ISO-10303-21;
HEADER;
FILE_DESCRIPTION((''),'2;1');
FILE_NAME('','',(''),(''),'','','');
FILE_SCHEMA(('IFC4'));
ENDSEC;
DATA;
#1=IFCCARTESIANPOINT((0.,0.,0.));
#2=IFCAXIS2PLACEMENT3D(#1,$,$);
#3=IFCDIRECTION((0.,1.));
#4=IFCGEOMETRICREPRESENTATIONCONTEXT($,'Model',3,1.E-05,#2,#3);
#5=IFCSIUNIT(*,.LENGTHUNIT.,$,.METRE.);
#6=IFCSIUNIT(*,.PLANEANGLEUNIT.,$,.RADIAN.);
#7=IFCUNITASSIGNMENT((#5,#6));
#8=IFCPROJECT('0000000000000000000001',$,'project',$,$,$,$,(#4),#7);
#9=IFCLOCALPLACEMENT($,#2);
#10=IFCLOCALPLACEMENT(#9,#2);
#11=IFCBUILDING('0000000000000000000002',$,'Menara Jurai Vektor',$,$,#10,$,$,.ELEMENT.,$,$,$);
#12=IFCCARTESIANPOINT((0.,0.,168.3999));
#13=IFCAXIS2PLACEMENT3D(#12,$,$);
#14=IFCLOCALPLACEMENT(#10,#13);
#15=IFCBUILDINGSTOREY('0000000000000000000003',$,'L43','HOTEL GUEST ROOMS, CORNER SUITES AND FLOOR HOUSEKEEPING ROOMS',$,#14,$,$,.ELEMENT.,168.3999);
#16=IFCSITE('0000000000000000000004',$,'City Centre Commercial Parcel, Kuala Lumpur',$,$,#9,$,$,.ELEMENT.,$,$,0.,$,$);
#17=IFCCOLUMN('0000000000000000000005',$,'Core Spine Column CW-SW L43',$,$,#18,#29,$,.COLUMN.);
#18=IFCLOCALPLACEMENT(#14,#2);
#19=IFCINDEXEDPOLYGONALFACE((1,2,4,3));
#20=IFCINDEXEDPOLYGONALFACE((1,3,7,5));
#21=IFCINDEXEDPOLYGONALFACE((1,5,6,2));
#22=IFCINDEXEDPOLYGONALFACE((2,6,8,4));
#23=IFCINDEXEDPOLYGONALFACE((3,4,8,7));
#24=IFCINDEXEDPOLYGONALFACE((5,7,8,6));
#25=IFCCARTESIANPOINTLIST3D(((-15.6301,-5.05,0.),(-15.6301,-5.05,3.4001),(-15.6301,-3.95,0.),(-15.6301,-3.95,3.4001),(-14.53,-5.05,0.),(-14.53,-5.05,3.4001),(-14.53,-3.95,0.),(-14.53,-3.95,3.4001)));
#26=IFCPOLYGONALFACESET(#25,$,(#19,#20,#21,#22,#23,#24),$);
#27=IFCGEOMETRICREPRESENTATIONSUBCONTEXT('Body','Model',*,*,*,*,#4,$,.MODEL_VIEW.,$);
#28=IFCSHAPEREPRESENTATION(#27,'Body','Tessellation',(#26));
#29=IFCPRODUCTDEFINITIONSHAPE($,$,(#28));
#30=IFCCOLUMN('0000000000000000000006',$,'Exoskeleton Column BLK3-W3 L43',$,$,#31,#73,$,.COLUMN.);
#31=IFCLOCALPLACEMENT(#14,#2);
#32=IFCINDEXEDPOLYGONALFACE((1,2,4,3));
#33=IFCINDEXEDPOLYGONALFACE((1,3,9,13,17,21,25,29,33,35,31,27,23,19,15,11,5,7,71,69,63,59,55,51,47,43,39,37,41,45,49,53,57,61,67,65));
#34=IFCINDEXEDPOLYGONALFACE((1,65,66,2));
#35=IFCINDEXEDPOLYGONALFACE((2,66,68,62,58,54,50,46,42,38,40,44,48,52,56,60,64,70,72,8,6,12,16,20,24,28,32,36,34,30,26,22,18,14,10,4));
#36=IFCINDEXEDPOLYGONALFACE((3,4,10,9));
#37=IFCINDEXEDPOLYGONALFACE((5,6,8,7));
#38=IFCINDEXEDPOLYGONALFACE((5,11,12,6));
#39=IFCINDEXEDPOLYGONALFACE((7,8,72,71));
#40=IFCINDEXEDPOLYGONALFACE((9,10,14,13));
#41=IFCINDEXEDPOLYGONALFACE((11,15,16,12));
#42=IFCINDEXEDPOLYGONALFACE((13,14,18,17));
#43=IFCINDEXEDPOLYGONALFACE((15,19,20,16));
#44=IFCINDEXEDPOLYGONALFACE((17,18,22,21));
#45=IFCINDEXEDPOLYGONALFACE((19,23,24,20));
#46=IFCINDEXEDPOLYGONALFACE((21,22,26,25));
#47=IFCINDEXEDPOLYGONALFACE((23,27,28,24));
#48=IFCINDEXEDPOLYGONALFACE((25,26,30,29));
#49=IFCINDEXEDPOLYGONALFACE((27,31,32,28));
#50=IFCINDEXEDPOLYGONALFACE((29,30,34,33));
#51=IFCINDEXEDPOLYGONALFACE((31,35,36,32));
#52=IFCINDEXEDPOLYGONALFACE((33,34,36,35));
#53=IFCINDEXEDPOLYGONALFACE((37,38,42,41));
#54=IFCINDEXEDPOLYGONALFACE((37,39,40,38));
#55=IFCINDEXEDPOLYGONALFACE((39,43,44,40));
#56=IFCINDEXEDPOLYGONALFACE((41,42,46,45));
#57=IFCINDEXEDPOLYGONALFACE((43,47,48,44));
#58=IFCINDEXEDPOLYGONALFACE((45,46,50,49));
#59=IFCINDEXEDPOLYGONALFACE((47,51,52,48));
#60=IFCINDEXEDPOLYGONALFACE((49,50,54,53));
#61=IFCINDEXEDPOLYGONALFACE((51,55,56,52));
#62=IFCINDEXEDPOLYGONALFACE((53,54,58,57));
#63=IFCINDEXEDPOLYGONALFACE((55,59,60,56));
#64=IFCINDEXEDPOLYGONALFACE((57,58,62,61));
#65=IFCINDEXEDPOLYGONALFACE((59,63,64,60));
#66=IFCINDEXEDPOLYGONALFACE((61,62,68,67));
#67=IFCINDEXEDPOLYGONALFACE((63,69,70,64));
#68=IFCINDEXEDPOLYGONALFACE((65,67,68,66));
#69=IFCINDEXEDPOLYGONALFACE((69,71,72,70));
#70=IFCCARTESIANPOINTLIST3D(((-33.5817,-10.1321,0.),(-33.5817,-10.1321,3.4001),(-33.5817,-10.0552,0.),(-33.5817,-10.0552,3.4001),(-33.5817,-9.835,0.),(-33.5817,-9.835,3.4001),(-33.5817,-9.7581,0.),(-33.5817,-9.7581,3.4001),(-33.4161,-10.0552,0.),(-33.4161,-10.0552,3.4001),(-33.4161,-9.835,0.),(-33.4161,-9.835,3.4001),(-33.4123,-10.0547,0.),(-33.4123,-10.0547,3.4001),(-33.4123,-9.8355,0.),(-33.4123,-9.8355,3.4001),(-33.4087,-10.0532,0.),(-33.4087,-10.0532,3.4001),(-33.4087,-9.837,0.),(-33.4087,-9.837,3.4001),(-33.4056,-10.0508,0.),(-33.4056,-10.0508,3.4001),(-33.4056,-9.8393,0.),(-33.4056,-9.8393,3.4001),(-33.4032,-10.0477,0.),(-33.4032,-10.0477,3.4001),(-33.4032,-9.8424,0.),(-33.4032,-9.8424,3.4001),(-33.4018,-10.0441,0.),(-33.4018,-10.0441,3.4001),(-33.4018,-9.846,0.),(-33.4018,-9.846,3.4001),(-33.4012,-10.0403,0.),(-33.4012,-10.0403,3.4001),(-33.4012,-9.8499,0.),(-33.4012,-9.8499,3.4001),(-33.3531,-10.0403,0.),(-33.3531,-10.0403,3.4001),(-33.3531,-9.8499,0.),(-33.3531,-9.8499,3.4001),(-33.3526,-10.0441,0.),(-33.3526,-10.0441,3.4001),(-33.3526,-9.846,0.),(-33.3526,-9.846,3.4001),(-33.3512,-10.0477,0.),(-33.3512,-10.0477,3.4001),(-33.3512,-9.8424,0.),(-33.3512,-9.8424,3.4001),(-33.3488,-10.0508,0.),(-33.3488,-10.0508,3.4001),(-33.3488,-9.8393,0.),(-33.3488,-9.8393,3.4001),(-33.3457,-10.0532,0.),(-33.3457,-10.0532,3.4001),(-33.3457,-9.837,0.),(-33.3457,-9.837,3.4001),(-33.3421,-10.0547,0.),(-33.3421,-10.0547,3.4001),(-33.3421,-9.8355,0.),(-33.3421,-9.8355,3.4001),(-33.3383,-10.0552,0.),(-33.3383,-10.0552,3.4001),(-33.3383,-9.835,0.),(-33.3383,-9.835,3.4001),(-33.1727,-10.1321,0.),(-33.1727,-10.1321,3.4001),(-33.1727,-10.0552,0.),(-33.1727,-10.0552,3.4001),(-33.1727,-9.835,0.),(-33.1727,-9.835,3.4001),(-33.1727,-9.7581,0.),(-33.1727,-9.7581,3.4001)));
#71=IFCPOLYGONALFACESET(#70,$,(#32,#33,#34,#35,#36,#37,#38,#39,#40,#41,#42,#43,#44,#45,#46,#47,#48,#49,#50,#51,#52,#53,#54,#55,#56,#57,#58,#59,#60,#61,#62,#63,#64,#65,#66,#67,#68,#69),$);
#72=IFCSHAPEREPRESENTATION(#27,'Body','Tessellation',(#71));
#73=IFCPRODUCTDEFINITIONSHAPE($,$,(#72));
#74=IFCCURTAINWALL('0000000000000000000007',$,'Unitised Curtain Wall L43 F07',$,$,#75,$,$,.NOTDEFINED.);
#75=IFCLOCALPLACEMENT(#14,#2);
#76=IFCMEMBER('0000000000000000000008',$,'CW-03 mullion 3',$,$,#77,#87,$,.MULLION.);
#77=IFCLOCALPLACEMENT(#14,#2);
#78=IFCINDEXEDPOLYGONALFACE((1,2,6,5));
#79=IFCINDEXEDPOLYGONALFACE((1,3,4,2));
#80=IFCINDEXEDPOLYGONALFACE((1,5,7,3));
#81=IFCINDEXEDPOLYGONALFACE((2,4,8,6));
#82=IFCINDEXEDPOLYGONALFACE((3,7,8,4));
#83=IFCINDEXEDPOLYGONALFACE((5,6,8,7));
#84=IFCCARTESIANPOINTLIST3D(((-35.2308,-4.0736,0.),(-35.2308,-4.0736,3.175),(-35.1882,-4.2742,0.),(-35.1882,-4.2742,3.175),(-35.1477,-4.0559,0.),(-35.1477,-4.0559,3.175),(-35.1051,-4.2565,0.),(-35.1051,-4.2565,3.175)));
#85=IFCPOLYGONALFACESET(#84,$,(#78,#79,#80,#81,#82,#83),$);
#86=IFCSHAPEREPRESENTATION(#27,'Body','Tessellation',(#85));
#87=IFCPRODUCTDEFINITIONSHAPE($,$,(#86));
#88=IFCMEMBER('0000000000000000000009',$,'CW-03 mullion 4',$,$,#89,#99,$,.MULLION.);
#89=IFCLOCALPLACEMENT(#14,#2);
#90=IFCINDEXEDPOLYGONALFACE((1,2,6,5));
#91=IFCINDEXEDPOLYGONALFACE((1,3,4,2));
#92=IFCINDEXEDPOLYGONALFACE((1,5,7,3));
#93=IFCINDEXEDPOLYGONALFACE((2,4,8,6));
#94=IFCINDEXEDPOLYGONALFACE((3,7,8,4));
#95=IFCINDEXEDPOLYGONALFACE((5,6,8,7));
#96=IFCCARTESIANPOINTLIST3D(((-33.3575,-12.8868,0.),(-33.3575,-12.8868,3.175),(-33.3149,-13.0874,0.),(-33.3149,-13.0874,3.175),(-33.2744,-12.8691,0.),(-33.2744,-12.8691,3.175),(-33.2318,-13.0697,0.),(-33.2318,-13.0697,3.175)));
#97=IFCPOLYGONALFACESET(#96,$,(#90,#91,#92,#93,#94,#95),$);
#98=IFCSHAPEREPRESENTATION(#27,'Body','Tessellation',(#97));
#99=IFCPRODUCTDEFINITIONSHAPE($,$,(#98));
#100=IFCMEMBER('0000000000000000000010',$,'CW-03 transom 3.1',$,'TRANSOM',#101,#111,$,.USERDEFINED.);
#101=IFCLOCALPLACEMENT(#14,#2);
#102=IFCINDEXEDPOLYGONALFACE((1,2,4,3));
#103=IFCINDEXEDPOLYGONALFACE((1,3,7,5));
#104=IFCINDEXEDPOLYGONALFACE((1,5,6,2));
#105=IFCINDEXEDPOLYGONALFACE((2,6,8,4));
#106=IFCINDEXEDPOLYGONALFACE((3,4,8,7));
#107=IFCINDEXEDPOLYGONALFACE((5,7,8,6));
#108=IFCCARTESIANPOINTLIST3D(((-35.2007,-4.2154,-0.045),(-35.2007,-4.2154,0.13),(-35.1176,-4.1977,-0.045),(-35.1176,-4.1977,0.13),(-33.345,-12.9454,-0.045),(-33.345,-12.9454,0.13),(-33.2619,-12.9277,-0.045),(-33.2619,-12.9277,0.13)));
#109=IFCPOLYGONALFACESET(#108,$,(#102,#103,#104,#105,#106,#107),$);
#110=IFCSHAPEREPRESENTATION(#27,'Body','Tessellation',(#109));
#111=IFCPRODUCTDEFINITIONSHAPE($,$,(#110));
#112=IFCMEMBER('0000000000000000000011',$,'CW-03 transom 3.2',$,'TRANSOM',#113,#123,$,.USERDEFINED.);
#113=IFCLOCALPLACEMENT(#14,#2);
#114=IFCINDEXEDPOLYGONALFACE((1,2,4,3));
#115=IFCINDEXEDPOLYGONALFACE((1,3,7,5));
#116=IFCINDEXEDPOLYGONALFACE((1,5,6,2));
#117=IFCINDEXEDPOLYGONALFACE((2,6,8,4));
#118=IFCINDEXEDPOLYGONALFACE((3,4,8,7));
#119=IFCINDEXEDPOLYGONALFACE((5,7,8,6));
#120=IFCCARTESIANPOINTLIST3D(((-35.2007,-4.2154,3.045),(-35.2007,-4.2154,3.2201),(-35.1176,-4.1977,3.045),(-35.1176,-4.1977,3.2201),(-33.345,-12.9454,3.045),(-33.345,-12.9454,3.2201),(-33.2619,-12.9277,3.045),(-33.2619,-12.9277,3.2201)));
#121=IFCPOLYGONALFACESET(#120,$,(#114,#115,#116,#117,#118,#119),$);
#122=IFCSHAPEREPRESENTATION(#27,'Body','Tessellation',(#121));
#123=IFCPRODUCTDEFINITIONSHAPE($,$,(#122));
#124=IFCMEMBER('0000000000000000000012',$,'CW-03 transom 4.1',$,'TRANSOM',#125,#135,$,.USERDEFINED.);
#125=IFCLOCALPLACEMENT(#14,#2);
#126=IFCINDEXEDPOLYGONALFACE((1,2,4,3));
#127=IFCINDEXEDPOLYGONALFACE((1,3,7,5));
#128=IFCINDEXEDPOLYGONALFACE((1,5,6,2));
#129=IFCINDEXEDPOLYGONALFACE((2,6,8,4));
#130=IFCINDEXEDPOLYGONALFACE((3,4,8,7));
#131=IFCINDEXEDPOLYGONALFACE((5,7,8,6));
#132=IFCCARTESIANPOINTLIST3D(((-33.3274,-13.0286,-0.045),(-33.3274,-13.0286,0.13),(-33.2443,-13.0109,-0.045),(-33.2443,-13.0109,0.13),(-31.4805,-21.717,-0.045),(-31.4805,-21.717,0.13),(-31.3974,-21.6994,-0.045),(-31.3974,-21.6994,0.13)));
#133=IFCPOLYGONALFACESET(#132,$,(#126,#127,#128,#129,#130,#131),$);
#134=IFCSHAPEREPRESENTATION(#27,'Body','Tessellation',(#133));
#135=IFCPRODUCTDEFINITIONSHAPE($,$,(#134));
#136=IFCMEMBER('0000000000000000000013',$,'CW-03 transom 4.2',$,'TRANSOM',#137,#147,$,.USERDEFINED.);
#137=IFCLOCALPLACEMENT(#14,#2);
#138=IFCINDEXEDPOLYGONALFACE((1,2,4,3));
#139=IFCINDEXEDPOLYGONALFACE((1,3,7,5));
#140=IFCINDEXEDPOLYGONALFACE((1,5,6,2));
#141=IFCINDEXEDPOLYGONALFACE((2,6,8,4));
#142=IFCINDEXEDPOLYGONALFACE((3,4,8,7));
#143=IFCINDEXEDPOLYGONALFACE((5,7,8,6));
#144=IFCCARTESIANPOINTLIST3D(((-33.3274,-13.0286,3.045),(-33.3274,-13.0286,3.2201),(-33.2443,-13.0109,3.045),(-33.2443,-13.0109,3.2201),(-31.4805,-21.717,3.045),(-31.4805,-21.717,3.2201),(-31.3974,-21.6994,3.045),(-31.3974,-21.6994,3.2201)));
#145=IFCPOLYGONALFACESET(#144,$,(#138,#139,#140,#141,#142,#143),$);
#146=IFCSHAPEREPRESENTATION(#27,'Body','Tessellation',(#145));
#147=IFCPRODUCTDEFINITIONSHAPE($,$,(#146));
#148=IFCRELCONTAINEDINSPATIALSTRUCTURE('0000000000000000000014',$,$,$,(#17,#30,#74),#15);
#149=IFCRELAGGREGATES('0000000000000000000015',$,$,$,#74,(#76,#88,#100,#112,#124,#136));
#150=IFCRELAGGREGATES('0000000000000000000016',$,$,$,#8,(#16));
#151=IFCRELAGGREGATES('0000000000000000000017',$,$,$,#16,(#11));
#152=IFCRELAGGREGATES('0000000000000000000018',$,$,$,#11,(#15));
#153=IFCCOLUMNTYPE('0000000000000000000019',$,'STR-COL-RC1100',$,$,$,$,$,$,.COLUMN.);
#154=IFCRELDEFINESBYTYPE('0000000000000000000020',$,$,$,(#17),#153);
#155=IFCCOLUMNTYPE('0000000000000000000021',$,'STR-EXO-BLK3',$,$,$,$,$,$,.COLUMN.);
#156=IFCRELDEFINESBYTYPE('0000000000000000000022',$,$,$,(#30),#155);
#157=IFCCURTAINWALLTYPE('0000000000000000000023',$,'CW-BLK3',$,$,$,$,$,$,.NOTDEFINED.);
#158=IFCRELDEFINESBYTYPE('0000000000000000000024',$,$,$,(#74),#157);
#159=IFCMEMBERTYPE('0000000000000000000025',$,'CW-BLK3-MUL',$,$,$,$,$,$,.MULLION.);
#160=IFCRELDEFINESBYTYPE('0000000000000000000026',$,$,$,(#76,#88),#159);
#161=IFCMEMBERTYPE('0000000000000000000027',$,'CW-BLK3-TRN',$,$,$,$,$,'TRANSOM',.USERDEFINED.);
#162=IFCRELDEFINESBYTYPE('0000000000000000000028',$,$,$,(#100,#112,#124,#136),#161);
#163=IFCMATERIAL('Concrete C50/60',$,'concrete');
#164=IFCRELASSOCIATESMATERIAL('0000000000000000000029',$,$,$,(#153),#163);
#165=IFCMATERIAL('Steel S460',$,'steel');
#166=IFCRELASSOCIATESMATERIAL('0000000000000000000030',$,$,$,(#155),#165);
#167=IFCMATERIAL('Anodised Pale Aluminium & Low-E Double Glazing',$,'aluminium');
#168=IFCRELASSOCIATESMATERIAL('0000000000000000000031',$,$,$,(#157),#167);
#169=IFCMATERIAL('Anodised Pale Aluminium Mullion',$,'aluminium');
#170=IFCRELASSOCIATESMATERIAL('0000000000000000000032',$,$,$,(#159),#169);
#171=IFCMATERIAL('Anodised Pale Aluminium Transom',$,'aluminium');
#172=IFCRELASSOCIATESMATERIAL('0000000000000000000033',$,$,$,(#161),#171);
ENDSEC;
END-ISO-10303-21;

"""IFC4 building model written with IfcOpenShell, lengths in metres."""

from ifc_helpers import new_model, si_unit, direction, frame, origin, origin_2d, place, context, subcontext, project, spatial, rectangle, i_section, extrude, material, material_profile, profile_set, type_object, element, aggregate, save


model = new_model("IFC4")

# Units and contexts
model_context = context("Model", 3, precision=1e-05, world=origin(), true_north=direction((0.0, 1.0)))
body_context = subcontext(model_context, "Body", "Model", "MODEL_VIEW")
ifc_project = project(units=[si_unit("LENGTHUNIT", "METRE"), si_unit("PLANEANGLEUNIT", "RADIAN")], contexts=[model_context])

# Site, building, storey
site_placement = place(None, origin())
site = spatial("IfcSite", under=ifc_project, at=site_placement, Name="City Centre Commercial Parcel, Kuala Lumpur", CompositionType="ELEMENT", RefElevation=0.0)
building_placement = place(site_placement, origin())
building = spatial("IfcBuilding", under=site, at=building_placement, Name="Menara Jurai Vektor", CompositionType="ELEMENT")
storey_placement = place(building_placement, frame((0.0, 0.0, 168.3999)))
storey = spatial("IfcBuildingStorey", under=building, at=storey_placement, Name="L43", Description="HOTEL GUEST ROOMS, CORNER SUITES AND FLOOR HOUSEKEEPING ROOMS", CompositionType="ELEMENT", Elevation=168.3999)

# Columns
ifc_material_1 = material(Name="Concrete C50/60", Category="concrete")
ifc_material_profile_1 = material_profile(ifc_material_1, rectangle(XDim=1.1001, YDim=1.1001, at=origin_2d()), Name="RC 1100x1100")
ifc_profile_set_1 = profile_set([ifc_material_profile_1], Name="Concrete C50/60")
column_type_1 = type_object("IfcColumnType", Name="STR-COL-RC1100", PredefinedType="COLUMN", material=ifc_profile_set_1)
column_1_placement = place(storey_placement, frame((-15.0801, -4.5, 0.0), z_axis=(0.0, 0.0, 1.0), x_axis=(1.0, 0.0, 0.0)))
element("IfcColumn", 1, at=column_1_placement, inside=storey, type_object=column_type_1, Name="Core Spine Column CW-SW L43", PredefinedType="COLUMN", context=body_context, shape_type="SweptSolid", body=[
    extrude(rectangle(XDim=1.1001, YDim=1.1001, at=origin_2d()), origin(), (0.0, 0.0, 1.0), 3.4001),
])
ifc_material_2 = material(Name="Steel S460", Category="steel")
ifc_material_profile_2 = material_profile(ifc_material_2, i_section(OverallWidth=0.4089, OverallDepth=0.374, WebThickness=0.0481, FlangeThickness=0.0769, FilletRadius=0.0149, at=origin_2d()), Name="HD 400x634")
ifc_profile_set_2 = profile_set([ifc_material_profile_2], Name="Steel S460")
column_type_2 = type_object("IfcColumnType", Name="STR-EXO-BLK3", PredefinedType="COLUMN", material=ifc_profile_set_2)
column_2_placement = place(storey_placement, frame((-33.3772, -9.9451, 0.0), z_axis=(0.0, 0.0, 1.0), x_axis=(1.0, 0.0, 0.0)))
element("IfcColumn", 2, at=column_2_placement, inside=storey, type_object=column_type_2, Name="Exoskeleton Column BLK3-W3 L43", PredefinedType="COLUMN", context=body_context, shape_type="SweptSolid", body=[
    extrude(i_section(OverallWidth=0.4089, OverallDepth=0.374, WebThickness=0.0481, FlangeThickness=0.0769, FilletRadius=0.0149, at=origin_2d()), origin(), (0.0, 0.0, 1.0), 3.4001),
])

# Curtain wall, members
ifc_material_3 = material(Name="Anodised Pale Aluminium & Low-E Double Glazing", Category="aluminium")
curtain_wall_type = type_object("IfcCurtainWallType", Name="CW-BLK3", PredefinedType="NOTDEFINED", material=ifc_material_3)
curtain_wall_placement = place(storey_placement, origin())
curtain_wall = element("IfcCurtainWall", 3, at=curtain_wall_placement, inside=storey, type_object=curtain_wall_type, Name="Unitised Curtain Wall L43 F07", PredefinedType="NOTDEFINED")
ifc_material_4 = material(Name="Anodised Pale Aluminium Mullion", Category="aluminium")
ifc_material_profile_3 = material_profile(ifc_material_4, rectangle(XDim=0.085, YDim=0.2051, at=origin_2d()), Name="ALU MUL 85x205")
ifc_profile_set_3 = profile_set([ifc_material_profile_3], Name="Anodised Pale Aluminium Mullion")
member_type_1 = type_object("IfcMemberType", Name="CW-BLK3-MUL", PredefinedType="MULLION", material=ifc_profile_set_3)
member_1_placement = place(storey_placement, frame((-35.168, -4.165, 0.0), z_axis=(0.0, 0.0, 1.0), x_axis=(0.978148, 0.20791, 0.0)))
member_1 = element("IfcMember", 4, at=member_1_placement, type_object=member_type_1, Name="CW-03 mullion 3", PredefinedType="MULLION", context=body_context, shape_type="SweptSolid", body=[
    extrude(rectangle(XDim=0.085, YDim=0.2051, at=origin_2d()), origin(), (0.0, 0.0, 1.0), 3.175),
])
member_2_placement = place(storey_placement, frame((-33.2947, -12.9783, 0.0), z_axis=(0.0, 0.0, 1.0), x_axis=(0.978148, 0.20791, 0.0)))
member_2 = element("IfcMember", 5, at=member_2_placement, type_object=member_type_1, Name="CW-03 mullion 4", PredefinedType="MULLION", context=body_context, shape_type="SweptSolid", body=[
    extrude(rectangle(XDim=0.085, YDim=0.2051, at=origin_2d()), origin(), (0.0, 0.0, 1.0), 3.175),
])
ifc_material_5 = material(Name="Anodised Pale Aluminium Transom", Category="aluminium")
ifc_material_profile_4 = material_profile(ifc_material_5, rectangle(XDim=0.085, YDim=0.175, at=origin_2d()), Name="ALU TRN 85x175")
ifc_profile_set_4 = profile_set([ifc_material_profile_4], Name="Anodised Pale Aluminium Transom")
member_type_2 = type_object("IfcMemberType", Name="CW-BLK3-TRN", ElementType="TRANSOM", PredefinedType="USERDEFINED", material=ifc_profile_set_4)
member_3_placement = place(storey_placement, frame((-35.1592, -4.2065, 0.0425), z_axis=(0.207922, -0.978145, 0.0), x_axis=(0.978145, 0.207922, 0.0)))
member_3 = element("IfcMember", 6, at=member_3_placement, type_object=member_type_2, Name="CW-03 transom 3.1", ObjectType="TRANSOM", PredefinedType="USERDEFINED", context=body_context, shape_type="SweptSolid", body=[
    extrude(rectangle(XDim=0.085, YDim=0.175, at=origin_2d()), origin(), (0.0, 0.0, 1.0), 8.925),
])
member_4_placement = place(storey_placement, frame((-35.1592, -4.2065, 3.1326), z_axis=(0.207922, -0.978145, 0.0), x_axis=(0.978145, 0.207922, 0.0)))
member_4 = element("IfcMember", 7, at=member_4_placement, type_object=member_type_2, Name="CW-03 transom 3.2", ObjectType="TRANSOM", PredefinedType="USERDEFINED", context=body_context, shape_type="SweptSolid", body=[
    extrude(rectangle(XDim=0.085, YDim=0.175, at=origin_2d()), origin(), (0.0, 0.0, 1.0), 8.925),
])
member_5_placement = place(storey_placement, frame((-33.2859, -13.0198, 0.0425), z_axis=(0.207926, -0.978145, 0.0), x_axis=(0.978145, 0.207926, 0.0)))
member_5 = element("IfcMember", 8, at=member_5_placement, type_object=member_type_2, Name="CW-03 transom 4.1", ObjectType="TRANSOM", PredefinedType="USERDEFINED", context=body_context, shape_type="SweptSolid", body=[
    extrude(rectangle(XDim=0.085, YDim=0.175, at=origin_2d()), origin(), (0.0, 0.0, 1.0), 8.8826),
])
member_6_placement = place(storey_placement, frame((-33.2859, -13.0198, 3.1326), z_axis=(0.207926, -0.978145, 0.0), x_axis=(0.978145, 0.207926, 0.0)))
member_6 = element("IfcMember", 9, at=member_6_placement, type_object=member_type_2, Name="CW-03 transom 4.2", ObjectType="TRANSOM", PredefinedType="USERDEFINED", context=body_context, shape_type="SweptSolid", body=[
    extrude(rectangle(XDim=0.085, YDim=0.175, at=origin_2d()), origin(), (0.0, 0.0, 1.0), 8.8826),
])

aggregate(curtain_wall, [member_1, member_2, member_3, member_4, member_5, member_6])

save(model, "model.ifc")
